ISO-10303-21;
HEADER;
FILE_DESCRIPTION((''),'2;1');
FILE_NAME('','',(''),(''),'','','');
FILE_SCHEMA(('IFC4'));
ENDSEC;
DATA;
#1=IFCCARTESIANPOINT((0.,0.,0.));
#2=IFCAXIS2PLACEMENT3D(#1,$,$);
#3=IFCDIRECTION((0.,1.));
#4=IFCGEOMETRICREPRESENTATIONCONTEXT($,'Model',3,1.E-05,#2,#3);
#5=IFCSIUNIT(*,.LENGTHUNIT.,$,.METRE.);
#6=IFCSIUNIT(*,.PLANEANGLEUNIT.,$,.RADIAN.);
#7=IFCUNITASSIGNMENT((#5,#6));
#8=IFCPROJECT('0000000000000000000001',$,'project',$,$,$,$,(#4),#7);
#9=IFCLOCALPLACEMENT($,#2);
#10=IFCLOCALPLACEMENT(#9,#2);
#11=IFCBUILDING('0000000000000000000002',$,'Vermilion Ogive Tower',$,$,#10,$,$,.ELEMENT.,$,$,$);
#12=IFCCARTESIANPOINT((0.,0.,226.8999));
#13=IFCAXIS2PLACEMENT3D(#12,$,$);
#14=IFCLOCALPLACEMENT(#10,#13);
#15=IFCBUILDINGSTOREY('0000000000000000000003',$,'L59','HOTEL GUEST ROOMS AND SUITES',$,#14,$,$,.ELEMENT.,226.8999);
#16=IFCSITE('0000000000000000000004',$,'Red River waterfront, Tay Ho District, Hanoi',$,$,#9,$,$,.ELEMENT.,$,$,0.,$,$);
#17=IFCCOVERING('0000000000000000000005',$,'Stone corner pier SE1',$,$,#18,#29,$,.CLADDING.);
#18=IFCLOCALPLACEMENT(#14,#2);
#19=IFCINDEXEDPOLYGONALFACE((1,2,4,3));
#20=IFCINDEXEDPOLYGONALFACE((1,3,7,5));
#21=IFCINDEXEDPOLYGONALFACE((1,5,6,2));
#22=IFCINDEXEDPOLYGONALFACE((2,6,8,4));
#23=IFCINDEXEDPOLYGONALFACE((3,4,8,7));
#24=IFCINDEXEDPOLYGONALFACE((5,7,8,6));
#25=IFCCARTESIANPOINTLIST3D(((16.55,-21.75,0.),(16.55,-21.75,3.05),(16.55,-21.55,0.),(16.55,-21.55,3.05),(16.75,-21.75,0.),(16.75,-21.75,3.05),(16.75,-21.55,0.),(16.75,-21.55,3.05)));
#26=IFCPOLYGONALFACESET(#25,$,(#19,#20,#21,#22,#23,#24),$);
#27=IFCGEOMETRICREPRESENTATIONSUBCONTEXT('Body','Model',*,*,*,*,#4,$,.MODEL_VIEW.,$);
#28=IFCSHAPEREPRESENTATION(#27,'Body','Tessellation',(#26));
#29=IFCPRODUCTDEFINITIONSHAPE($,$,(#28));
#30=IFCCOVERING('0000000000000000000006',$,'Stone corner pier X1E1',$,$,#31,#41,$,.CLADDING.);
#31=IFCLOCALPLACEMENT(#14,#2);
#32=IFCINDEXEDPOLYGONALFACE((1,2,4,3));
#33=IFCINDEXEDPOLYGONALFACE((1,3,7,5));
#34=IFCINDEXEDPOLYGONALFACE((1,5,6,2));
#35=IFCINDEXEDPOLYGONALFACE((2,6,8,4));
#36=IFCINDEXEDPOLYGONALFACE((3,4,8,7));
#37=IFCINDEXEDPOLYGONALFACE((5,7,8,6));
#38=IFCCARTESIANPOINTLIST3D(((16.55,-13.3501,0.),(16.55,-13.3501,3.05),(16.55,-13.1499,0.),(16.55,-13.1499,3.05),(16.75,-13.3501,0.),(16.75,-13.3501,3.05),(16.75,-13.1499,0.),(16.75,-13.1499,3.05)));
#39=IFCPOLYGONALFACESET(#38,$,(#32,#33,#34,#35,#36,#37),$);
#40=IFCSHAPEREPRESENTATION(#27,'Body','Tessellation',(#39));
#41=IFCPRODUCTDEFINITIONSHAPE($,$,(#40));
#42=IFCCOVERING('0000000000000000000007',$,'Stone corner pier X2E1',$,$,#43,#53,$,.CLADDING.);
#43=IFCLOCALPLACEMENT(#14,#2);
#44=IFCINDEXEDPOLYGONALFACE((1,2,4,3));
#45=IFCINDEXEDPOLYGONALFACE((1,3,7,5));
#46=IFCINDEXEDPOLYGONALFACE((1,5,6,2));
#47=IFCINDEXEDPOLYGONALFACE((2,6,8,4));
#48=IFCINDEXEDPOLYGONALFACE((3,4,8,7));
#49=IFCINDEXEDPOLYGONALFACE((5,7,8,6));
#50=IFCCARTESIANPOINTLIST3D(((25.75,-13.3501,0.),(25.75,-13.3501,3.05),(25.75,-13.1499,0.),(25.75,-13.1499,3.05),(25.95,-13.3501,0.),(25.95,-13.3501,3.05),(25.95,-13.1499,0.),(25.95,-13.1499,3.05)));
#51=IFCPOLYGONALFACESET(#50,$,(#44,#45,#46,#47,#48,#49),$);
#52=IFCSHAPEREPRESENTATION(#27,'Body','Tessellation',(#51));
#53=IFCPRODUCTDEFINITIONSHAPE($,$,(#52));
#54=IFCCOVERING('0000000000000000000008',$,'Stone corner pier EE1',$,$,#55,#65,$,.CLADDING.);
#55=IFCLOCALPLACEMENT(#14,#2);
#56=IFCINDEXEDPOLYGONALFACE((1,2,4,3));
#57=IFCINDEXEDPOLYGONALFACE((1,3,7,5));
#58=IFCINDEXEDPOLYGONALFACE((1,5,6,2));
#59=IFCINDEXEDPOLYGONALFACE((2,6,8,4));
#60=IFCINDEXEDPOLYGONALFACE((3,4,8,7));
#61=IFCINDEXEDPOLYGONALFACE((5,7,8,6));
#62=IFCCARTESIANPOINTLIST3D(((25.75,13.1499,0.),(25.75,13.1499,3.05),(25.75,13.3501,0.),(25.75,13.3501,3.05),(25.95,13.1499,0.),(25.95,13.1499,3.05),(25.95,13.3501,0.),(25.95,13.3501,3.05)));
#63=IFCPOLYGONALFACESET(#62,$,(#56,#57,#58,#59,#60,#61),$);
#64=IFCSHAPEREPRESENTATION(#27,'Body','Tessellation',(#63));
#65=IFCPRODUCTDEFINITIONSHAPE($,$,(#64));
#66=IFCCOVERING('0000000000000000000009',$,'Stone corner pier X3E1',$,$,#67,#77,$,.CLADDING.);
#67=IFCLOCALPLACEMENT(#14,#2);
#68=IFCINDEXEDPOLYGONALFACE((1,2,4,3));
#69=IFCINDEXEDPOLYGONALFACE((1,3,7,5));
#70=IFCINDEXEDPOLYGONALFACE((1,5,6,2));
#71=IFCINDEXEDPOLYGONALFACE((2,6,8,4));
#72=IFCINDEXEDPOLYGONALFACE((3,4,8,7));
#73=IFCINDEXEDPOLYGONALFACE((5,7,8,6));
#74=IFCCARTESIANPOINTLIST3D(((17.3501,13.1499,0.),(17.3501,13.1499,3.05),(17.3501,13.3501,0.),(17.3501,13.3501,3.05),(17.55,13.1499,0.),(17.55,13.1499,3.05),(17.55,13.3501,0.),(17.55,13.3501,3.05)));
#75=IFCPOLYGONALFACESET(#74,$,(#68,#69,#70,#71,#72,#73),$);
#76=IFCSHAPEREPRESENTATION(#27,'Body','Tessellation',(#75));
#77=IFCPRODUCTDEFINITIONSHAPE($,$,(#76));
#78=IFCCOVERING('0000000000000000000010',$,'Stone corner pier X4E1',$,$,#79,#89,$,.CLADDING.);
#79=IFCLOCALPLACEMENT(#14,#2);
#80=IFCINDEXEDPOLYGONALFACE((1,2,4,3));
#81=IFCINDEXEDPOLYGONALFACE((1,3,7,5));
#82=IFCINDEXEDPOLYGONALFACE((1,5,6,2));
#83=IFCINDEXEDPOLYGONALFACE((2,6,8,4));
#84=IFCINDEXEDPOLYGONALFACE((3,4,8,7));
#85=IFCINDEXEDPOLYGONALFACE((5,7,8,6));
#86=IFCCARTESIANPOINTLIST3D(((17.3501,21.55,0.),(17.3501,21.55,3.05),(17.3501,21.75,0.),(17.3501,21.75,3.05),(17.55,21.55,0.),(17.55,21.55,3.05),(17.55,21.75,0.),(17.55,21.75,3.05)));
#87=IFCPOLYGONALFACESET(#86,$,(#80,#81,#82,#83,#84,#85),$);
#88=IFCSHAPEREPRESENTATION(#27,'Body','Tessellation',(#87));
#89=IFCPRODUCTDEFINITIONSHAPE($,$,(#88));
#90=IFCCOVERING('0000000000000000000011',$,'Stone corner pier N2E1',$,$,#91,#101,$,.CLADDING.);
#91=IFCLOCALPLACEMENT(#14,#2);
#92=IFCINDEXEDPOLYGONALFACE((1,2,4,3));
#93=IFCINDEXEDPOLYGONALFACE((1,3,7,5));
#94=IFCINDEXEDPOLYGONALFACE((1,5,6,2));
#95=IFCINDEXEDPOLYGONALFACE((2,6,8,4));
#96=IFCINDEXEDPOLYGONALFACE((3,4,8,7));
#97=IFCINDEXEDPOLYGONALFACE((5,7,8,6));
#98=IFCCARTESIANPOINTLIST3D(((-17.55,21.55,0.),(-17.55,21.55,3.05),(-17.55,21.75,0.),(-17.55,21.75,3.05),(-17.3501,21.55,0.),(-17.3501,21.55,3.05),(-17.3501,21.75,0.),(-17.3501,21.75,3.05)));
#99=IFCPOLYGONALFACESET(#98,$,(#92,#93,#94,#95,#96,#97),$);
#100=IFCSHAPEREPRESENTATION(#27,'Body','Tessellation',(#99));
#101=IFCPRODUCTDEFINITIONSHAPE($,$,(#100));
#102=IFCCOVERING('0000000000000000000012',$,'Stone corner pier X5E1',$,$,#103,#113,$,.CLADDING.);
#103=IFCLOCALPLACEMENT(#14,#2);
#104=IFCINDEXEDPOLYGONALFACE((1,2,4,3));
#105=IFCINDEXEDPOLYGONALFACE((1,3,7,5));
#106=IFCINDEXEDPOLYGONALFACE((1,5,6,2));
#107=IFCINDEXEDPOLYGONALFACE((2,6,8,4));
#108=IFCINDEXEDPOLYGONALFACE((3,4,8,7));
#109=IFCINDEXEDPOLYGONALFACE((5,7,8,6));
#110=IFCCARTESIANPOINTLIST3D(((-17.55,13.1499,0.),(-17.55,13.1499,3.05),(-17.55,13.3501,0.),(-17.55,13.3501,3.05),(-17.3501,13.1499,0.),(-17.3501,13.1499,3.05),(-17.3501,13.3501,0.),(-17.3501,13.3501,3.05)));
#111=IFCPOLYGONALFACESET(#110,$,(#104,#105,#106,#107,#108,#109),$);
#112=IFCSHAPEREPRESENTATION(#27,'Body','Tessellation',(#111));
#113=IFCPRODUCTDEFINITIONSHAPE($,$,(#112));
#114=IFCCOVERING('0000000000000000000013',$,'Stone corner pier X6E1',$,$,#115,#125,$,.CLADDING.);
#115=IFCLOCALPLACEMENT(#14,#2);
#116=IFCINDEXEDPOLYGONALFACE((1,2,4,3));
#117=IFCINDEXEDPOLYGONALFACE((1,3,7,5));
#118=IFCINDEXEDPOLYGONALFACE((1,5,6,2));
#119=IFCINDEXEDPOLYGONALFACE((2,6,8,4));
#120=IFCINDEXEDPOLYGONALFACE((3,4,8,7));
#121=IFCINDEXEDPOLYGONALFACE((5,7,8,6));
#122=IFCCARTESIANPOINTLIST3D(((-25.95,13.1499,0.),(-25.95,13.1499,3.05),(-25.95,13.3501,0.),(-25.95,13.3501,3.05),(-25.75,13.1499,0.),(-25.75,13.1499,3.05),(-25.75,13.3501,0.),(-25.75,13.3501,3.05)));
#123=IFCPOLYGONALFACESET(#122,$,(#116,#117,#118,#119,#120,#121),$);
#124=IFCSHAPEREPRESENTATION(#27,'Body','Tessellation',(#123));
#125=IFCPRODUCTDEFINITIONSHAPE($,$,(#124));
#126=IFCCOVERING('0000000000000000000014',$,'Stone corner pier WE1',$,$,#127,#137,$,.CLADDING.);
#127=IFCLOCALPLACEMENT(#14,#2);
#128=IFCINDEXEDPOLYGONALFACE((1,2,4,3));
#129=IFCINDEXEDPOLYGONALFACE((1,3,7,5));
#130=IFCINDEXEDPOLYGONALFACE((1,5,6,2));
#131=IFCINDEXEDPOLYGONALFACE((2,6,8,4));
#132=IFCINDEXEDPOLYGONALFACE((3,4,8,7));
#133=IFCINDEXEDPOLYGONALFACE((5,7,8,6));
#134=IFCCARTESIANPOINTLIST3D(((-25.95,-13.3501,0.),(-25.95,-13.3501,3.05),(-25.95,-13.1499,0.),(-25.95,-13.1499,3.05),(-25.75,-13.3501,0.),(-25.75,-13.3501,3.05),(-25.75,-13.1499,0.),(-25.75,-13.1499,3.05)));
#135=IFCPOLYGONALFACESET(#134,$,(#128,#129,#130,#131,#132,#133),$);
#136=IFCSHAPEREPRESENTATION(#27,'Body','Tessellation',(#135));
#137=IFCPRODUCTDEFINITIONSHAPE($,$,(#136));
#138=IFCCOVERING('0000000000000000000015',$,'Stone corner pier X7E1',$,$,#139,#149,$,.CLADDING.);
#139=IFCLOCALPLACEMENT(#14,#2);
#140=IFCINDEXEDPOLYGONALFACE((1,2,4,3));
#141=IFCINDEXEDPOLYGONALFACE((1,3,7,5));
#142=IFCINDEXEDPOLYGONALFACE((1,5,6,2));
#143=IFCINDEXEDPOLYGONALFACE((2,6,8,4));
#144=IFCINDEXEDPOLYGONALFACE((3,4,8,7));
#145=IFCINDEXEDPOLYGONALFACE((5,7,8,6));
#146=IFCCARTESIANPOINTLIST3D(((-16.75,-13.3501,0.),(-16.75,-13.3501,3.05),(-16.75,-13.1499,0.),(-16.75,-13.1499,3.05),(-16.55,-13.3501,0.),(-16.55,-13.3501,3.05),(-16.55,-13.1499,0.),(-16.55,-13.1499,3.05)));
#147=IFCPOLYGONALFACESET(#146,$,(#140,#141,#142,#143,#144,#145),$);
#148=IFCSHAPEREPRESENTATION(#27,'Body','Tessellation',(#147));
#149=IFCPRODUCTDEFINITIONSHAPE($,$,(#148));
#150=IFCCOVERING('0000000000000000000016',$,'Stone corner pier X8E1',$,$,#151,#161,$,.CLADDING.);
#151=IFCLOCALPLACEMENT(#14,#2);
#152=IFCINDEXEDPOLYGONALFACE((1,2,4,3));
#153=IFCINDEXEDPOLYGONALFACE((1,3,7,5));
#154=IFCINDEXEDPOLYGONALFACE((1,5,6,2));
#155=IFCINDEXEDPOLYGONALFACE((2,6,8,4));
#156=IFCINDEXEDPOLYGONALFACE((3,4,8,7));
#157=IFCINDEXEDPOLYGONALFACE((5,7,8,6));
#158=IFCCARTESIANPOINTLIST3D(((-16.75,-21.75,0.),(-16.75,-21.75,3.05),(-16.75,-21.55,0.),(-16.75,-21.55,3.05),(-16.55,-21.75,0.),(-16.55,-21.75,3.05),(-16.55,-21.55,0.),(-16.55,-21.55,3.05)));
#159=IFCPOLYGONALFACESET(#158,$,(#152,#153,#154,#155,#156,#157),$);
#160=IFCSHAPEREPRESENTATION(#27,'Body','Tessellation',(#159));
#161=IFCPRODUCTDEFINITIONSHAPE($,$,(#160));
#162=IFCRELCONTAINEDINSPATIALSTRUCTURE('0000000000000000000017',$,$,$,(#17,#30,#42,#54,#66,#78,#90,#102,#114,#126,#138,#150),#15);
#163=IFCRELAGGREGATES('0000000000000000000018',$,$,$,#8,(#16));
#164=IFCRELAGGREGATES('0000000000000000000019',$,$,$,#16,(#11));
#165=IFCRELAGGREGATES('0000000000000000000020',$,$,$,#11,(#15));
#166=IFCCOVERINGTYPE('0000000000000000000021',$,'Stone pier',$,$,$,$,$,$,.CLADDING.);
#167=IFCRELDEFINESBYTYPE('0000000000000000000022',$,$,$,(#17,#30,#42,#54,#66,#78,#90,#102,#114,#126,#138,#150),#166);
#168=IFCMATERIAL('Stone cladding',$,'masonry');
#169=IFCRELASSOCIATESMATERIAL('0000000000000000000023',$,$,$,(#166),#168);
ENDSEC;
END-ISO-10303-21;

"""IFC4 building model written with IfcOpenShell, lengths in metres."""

from ifc_helpers import new_model, si_unit, direction, frame, origin, place, context, subcontext, project, spatial, polyline, outline, extrude, material, type_object, element, save


model = new_model("IFC4")

# Units and contexts
model_context = context("Model", 3, precision=1e-05, world=origin(), true_north=direction((0.0, 1.0)))
body_context = subcontext(model_context, "Body", "Model", "MODEL_VIEW")
ifc_project = project(units=[si_unit("LENGTHUNIT", "METRE"), si_unit("PLANEANGLEUNIT", "RADIAN")], contexts=[model_context])

# Site, building, storey
site_placement = place(None, origin())
site = spatial("IfcSite", under=ifc_project, at=site_placement, Name="Red River waterfront, Tay Ho District, Hanoi", CompositionType="ELEMENT", RefElevation=0.0)
building_placement = place(site_placement, origin())
building = spatial("IfcBuilding", under=site, at=building_placement, Name="Vermilion Ogive Tower", CompositionType="ELEMENT")
storey_placement = place(building_placement, frame((0.0, 0.0, 226.8999)))
storey = spatial("IfcBuildingStorey", under=building, at=storey_placement, Name="L59", Description="HOTEL GUEST ROOMS AND SUITES", CompositionType="ELEMENT", Elevation=226.8999)

# Coverings
ifc_material_1 = material(Name="Stone cladding", Category="masonry")
covering_type_1 = type_object("IfcCoveringType", Name="Stone pier", PredefinedType="CLADDING", material=ifc_material_1)
covering_1_placement = place(storey_placement, origin())
element("IfcCovering", 1, at=covering_1_placement, inside=storey, type_object=covering_type_1, Name="Stone corner pier SE1", PredefinedType="CLADDING", context=body_context, shape_type="SweptSolid", body=[
    extrude(outline(polyline([(16.55, -21.55), (16.75, -21.55), (16.75, -21.75), (16.55, -21.75), (16.55, -21.55)])), origin(), (0.0, 0.0, 1.0), 3.05),
])
covering_2_placement = place(storey_placement, origin())
element("IfcCovering", 2, at=covering_2_placement, inside=storey, type_object=covering_type_1, Name="Stone corner pier X1E1", PredefinedType="CLADDING", context=body_context, shape_type="SweptSolid", body=[
    extrude(outline(polyline([(16.55, -13.1499), (16.75, -13.1499), (16.75, -13.3501), (16.55, -13.3501), (16.55, -13.1499)])), origin(), (0.0, 0.0, 1.0), 3.05),
])
covering_3_placement = place(storey_placement, origin())
element("IfcCovering", 3, at=covering_3_placement, inside=storey, type_object=covering_type_1, Name="Stone corner pier X2E1", PredefinedType="CLADDING", context=body_context, shape_type="SweptSolid", body=[
    extrude(outline(polyline([(25.75, -13.1499), (25.95, -13.1499), (25.95, -13.3501), (25.75, -13.3501), (25.75, -13.1499)])), origin(), (0.0, 0.0, 1.0), 3.05),
])
covering_4_placement = place(storey_placement, origin())
element("IfcCovering", 4, at=covering_4_placement, inside=storey, type_object=covering_type_1, Name="Stone corner pier EE1", PredefinedType="CLADDING", context=body_context, shape_type="SweptSolid", body=[
    extrude(outline(polyline([(25.75, 13.1499), (25.75, 13.3501), (25.95, 13.3501), (25.95, 13.1499), (25.75, 13.1499)])), origin(), (0.0, 0.0, 1.0), 3.05),
])
covering_5_placement = place(storey_placement, origin())
element("IfcCovering", 5, at=covering_5_placement, inside=storey, type_object=covering_type_1, Name="Stone corner pier X3E1", PredefinedType="CLADDING", context=body_context, shape_type="SweptSolid", body=[
    extrude(outline(polyline([(17.3501, 13.1499), (17.3501, 13.3501), (17.55, 13.3501), (17.55, 13.1499), (17.3501, 13.1499)])), origin(), (0.0, 0.0, 1.0), 3.05),
])
covering_6_placement = place(storey_placement, origin())
element("IfcCovering", 6, at=covering_6_placement, inside=storey, type_object=covering_type_1, Name="Stone corner pier X4E1", PredefinedType="CLADDING", context=body_context, shape_type="SweptSolid", body=[
    extrude(outline(polyline([(17.3501, 21.55), (17.3501, 21.75), (17.55, 21.75), (17.55, 21.55), (17.3501, 21.55)])), origin(), (0.0, 0.0, 1.0), 3.05),
])
covering_7_placement = place(storey_placement, origin())
element("IfcCovering", 7, at=covering_7_placement, inside=storey, type_object=covering_type_1, Name="Stone corner pier N2E1", PredefinedType="CLADDING", context=body_context, shape_type="SweptSolid", body=[
    extrude(outline(polyline([(-17.3501, 21.55), (-17.55, 21.55), (-17.55, 21.75), (-17.3501, 21.75), (-17.3501, 21.55)])), origin(), (0.0, 0.0, 1.0), 3.05),
])
covering_8_placement = place(storey_placement, origin())
element("IfcCovering", 8, at=covering_8_placement, inside=storey, type_object=covering_type_1, Name="Stone corner pier X5E1", PredefinedType="CLADDING", context=body_context, shape_type="SweptSolid", body=[
    extrude(outline(polyline([(-17.3501, 13.1499), (-17.55, 13.1499), (-17.55, 13.3501), (-17.3501, 13.3501), (-17.3501, 13.1499)])), origin(), (0.0, 0.0, 1.0), 3.05),
])
covering_9_placement = place(storey_placement, origin())
element("IfcCovering", 9, at=covering_9_placement, inside=storey, type_object=covering_type_1, Name="Stone corner pier X6E1", PredefinedType="CLADDING", context=body_context, shape_type="SweptSolid", body=[
    extrude(outline(polyline([(-25.75, 13.1499), (-25.95, 13.1499), (-25.95, 13.3501), (-25.75, 13.3501), (-25.75, 13.1499)])), origin(), (0.0, 0.0, 1.0), 3.05),
])
covering_10_placement = place(storey_placement, origin())
element("IfcCovering", 10, at=covering_10_placement, inside=storey, type_object=covering_type_1, Name="Stone corner pier WE1", PredefinedType="CLADDING", context=body_context, shape_type="SweptSolid", body=[
    extrude(outline(polyline([(-25.75, -13.1499), (-25.75, -13.3501), (-25.95, -13.3501), (-25.95, -13.1499), (-25.75, -13.1499)])), origin(), (0.0, 0.0, 1.0), 3.05),
])
covering_11_placement = place(storey_placement, origin())
element("IfcCovering", 11, at=covering_11_placement, inside=storey, type_object=covering_type_1, Name="Stone corner pier X7E1", PredefinedType="CLADDING", context=body_context, shape_type="SweptSolid", body=[
    extrude(outline(polyline([(-16.55, -13.1499), (-16.55, -13.3501), (-16.75, -13.3501), (-16.75, -13.1499), (-16.55, -13.1499)])), origin(), (0.0, 0.0, 1.0), 3.05),
])
covering_12_placement = place(storey_placement, origin())
element("IfcCovering", 12, at=covering_12_placement, inside=storey, type_object=covering_type_1, Name="Stone corner pier X8E1", PredefinedType="CLADDING", context=body_context, shape_type="SweptSolid", body=[
    extrude(outline(polyline([(-16.55, -21.55), (-16.55, -21.75), (-16.75, -21.75), (-16.75, -21.55), (-16.55, -21.55)])), origin(), (0.0, 0.0, 1.0), 3.05),
])

save(model, "model.ifc")
